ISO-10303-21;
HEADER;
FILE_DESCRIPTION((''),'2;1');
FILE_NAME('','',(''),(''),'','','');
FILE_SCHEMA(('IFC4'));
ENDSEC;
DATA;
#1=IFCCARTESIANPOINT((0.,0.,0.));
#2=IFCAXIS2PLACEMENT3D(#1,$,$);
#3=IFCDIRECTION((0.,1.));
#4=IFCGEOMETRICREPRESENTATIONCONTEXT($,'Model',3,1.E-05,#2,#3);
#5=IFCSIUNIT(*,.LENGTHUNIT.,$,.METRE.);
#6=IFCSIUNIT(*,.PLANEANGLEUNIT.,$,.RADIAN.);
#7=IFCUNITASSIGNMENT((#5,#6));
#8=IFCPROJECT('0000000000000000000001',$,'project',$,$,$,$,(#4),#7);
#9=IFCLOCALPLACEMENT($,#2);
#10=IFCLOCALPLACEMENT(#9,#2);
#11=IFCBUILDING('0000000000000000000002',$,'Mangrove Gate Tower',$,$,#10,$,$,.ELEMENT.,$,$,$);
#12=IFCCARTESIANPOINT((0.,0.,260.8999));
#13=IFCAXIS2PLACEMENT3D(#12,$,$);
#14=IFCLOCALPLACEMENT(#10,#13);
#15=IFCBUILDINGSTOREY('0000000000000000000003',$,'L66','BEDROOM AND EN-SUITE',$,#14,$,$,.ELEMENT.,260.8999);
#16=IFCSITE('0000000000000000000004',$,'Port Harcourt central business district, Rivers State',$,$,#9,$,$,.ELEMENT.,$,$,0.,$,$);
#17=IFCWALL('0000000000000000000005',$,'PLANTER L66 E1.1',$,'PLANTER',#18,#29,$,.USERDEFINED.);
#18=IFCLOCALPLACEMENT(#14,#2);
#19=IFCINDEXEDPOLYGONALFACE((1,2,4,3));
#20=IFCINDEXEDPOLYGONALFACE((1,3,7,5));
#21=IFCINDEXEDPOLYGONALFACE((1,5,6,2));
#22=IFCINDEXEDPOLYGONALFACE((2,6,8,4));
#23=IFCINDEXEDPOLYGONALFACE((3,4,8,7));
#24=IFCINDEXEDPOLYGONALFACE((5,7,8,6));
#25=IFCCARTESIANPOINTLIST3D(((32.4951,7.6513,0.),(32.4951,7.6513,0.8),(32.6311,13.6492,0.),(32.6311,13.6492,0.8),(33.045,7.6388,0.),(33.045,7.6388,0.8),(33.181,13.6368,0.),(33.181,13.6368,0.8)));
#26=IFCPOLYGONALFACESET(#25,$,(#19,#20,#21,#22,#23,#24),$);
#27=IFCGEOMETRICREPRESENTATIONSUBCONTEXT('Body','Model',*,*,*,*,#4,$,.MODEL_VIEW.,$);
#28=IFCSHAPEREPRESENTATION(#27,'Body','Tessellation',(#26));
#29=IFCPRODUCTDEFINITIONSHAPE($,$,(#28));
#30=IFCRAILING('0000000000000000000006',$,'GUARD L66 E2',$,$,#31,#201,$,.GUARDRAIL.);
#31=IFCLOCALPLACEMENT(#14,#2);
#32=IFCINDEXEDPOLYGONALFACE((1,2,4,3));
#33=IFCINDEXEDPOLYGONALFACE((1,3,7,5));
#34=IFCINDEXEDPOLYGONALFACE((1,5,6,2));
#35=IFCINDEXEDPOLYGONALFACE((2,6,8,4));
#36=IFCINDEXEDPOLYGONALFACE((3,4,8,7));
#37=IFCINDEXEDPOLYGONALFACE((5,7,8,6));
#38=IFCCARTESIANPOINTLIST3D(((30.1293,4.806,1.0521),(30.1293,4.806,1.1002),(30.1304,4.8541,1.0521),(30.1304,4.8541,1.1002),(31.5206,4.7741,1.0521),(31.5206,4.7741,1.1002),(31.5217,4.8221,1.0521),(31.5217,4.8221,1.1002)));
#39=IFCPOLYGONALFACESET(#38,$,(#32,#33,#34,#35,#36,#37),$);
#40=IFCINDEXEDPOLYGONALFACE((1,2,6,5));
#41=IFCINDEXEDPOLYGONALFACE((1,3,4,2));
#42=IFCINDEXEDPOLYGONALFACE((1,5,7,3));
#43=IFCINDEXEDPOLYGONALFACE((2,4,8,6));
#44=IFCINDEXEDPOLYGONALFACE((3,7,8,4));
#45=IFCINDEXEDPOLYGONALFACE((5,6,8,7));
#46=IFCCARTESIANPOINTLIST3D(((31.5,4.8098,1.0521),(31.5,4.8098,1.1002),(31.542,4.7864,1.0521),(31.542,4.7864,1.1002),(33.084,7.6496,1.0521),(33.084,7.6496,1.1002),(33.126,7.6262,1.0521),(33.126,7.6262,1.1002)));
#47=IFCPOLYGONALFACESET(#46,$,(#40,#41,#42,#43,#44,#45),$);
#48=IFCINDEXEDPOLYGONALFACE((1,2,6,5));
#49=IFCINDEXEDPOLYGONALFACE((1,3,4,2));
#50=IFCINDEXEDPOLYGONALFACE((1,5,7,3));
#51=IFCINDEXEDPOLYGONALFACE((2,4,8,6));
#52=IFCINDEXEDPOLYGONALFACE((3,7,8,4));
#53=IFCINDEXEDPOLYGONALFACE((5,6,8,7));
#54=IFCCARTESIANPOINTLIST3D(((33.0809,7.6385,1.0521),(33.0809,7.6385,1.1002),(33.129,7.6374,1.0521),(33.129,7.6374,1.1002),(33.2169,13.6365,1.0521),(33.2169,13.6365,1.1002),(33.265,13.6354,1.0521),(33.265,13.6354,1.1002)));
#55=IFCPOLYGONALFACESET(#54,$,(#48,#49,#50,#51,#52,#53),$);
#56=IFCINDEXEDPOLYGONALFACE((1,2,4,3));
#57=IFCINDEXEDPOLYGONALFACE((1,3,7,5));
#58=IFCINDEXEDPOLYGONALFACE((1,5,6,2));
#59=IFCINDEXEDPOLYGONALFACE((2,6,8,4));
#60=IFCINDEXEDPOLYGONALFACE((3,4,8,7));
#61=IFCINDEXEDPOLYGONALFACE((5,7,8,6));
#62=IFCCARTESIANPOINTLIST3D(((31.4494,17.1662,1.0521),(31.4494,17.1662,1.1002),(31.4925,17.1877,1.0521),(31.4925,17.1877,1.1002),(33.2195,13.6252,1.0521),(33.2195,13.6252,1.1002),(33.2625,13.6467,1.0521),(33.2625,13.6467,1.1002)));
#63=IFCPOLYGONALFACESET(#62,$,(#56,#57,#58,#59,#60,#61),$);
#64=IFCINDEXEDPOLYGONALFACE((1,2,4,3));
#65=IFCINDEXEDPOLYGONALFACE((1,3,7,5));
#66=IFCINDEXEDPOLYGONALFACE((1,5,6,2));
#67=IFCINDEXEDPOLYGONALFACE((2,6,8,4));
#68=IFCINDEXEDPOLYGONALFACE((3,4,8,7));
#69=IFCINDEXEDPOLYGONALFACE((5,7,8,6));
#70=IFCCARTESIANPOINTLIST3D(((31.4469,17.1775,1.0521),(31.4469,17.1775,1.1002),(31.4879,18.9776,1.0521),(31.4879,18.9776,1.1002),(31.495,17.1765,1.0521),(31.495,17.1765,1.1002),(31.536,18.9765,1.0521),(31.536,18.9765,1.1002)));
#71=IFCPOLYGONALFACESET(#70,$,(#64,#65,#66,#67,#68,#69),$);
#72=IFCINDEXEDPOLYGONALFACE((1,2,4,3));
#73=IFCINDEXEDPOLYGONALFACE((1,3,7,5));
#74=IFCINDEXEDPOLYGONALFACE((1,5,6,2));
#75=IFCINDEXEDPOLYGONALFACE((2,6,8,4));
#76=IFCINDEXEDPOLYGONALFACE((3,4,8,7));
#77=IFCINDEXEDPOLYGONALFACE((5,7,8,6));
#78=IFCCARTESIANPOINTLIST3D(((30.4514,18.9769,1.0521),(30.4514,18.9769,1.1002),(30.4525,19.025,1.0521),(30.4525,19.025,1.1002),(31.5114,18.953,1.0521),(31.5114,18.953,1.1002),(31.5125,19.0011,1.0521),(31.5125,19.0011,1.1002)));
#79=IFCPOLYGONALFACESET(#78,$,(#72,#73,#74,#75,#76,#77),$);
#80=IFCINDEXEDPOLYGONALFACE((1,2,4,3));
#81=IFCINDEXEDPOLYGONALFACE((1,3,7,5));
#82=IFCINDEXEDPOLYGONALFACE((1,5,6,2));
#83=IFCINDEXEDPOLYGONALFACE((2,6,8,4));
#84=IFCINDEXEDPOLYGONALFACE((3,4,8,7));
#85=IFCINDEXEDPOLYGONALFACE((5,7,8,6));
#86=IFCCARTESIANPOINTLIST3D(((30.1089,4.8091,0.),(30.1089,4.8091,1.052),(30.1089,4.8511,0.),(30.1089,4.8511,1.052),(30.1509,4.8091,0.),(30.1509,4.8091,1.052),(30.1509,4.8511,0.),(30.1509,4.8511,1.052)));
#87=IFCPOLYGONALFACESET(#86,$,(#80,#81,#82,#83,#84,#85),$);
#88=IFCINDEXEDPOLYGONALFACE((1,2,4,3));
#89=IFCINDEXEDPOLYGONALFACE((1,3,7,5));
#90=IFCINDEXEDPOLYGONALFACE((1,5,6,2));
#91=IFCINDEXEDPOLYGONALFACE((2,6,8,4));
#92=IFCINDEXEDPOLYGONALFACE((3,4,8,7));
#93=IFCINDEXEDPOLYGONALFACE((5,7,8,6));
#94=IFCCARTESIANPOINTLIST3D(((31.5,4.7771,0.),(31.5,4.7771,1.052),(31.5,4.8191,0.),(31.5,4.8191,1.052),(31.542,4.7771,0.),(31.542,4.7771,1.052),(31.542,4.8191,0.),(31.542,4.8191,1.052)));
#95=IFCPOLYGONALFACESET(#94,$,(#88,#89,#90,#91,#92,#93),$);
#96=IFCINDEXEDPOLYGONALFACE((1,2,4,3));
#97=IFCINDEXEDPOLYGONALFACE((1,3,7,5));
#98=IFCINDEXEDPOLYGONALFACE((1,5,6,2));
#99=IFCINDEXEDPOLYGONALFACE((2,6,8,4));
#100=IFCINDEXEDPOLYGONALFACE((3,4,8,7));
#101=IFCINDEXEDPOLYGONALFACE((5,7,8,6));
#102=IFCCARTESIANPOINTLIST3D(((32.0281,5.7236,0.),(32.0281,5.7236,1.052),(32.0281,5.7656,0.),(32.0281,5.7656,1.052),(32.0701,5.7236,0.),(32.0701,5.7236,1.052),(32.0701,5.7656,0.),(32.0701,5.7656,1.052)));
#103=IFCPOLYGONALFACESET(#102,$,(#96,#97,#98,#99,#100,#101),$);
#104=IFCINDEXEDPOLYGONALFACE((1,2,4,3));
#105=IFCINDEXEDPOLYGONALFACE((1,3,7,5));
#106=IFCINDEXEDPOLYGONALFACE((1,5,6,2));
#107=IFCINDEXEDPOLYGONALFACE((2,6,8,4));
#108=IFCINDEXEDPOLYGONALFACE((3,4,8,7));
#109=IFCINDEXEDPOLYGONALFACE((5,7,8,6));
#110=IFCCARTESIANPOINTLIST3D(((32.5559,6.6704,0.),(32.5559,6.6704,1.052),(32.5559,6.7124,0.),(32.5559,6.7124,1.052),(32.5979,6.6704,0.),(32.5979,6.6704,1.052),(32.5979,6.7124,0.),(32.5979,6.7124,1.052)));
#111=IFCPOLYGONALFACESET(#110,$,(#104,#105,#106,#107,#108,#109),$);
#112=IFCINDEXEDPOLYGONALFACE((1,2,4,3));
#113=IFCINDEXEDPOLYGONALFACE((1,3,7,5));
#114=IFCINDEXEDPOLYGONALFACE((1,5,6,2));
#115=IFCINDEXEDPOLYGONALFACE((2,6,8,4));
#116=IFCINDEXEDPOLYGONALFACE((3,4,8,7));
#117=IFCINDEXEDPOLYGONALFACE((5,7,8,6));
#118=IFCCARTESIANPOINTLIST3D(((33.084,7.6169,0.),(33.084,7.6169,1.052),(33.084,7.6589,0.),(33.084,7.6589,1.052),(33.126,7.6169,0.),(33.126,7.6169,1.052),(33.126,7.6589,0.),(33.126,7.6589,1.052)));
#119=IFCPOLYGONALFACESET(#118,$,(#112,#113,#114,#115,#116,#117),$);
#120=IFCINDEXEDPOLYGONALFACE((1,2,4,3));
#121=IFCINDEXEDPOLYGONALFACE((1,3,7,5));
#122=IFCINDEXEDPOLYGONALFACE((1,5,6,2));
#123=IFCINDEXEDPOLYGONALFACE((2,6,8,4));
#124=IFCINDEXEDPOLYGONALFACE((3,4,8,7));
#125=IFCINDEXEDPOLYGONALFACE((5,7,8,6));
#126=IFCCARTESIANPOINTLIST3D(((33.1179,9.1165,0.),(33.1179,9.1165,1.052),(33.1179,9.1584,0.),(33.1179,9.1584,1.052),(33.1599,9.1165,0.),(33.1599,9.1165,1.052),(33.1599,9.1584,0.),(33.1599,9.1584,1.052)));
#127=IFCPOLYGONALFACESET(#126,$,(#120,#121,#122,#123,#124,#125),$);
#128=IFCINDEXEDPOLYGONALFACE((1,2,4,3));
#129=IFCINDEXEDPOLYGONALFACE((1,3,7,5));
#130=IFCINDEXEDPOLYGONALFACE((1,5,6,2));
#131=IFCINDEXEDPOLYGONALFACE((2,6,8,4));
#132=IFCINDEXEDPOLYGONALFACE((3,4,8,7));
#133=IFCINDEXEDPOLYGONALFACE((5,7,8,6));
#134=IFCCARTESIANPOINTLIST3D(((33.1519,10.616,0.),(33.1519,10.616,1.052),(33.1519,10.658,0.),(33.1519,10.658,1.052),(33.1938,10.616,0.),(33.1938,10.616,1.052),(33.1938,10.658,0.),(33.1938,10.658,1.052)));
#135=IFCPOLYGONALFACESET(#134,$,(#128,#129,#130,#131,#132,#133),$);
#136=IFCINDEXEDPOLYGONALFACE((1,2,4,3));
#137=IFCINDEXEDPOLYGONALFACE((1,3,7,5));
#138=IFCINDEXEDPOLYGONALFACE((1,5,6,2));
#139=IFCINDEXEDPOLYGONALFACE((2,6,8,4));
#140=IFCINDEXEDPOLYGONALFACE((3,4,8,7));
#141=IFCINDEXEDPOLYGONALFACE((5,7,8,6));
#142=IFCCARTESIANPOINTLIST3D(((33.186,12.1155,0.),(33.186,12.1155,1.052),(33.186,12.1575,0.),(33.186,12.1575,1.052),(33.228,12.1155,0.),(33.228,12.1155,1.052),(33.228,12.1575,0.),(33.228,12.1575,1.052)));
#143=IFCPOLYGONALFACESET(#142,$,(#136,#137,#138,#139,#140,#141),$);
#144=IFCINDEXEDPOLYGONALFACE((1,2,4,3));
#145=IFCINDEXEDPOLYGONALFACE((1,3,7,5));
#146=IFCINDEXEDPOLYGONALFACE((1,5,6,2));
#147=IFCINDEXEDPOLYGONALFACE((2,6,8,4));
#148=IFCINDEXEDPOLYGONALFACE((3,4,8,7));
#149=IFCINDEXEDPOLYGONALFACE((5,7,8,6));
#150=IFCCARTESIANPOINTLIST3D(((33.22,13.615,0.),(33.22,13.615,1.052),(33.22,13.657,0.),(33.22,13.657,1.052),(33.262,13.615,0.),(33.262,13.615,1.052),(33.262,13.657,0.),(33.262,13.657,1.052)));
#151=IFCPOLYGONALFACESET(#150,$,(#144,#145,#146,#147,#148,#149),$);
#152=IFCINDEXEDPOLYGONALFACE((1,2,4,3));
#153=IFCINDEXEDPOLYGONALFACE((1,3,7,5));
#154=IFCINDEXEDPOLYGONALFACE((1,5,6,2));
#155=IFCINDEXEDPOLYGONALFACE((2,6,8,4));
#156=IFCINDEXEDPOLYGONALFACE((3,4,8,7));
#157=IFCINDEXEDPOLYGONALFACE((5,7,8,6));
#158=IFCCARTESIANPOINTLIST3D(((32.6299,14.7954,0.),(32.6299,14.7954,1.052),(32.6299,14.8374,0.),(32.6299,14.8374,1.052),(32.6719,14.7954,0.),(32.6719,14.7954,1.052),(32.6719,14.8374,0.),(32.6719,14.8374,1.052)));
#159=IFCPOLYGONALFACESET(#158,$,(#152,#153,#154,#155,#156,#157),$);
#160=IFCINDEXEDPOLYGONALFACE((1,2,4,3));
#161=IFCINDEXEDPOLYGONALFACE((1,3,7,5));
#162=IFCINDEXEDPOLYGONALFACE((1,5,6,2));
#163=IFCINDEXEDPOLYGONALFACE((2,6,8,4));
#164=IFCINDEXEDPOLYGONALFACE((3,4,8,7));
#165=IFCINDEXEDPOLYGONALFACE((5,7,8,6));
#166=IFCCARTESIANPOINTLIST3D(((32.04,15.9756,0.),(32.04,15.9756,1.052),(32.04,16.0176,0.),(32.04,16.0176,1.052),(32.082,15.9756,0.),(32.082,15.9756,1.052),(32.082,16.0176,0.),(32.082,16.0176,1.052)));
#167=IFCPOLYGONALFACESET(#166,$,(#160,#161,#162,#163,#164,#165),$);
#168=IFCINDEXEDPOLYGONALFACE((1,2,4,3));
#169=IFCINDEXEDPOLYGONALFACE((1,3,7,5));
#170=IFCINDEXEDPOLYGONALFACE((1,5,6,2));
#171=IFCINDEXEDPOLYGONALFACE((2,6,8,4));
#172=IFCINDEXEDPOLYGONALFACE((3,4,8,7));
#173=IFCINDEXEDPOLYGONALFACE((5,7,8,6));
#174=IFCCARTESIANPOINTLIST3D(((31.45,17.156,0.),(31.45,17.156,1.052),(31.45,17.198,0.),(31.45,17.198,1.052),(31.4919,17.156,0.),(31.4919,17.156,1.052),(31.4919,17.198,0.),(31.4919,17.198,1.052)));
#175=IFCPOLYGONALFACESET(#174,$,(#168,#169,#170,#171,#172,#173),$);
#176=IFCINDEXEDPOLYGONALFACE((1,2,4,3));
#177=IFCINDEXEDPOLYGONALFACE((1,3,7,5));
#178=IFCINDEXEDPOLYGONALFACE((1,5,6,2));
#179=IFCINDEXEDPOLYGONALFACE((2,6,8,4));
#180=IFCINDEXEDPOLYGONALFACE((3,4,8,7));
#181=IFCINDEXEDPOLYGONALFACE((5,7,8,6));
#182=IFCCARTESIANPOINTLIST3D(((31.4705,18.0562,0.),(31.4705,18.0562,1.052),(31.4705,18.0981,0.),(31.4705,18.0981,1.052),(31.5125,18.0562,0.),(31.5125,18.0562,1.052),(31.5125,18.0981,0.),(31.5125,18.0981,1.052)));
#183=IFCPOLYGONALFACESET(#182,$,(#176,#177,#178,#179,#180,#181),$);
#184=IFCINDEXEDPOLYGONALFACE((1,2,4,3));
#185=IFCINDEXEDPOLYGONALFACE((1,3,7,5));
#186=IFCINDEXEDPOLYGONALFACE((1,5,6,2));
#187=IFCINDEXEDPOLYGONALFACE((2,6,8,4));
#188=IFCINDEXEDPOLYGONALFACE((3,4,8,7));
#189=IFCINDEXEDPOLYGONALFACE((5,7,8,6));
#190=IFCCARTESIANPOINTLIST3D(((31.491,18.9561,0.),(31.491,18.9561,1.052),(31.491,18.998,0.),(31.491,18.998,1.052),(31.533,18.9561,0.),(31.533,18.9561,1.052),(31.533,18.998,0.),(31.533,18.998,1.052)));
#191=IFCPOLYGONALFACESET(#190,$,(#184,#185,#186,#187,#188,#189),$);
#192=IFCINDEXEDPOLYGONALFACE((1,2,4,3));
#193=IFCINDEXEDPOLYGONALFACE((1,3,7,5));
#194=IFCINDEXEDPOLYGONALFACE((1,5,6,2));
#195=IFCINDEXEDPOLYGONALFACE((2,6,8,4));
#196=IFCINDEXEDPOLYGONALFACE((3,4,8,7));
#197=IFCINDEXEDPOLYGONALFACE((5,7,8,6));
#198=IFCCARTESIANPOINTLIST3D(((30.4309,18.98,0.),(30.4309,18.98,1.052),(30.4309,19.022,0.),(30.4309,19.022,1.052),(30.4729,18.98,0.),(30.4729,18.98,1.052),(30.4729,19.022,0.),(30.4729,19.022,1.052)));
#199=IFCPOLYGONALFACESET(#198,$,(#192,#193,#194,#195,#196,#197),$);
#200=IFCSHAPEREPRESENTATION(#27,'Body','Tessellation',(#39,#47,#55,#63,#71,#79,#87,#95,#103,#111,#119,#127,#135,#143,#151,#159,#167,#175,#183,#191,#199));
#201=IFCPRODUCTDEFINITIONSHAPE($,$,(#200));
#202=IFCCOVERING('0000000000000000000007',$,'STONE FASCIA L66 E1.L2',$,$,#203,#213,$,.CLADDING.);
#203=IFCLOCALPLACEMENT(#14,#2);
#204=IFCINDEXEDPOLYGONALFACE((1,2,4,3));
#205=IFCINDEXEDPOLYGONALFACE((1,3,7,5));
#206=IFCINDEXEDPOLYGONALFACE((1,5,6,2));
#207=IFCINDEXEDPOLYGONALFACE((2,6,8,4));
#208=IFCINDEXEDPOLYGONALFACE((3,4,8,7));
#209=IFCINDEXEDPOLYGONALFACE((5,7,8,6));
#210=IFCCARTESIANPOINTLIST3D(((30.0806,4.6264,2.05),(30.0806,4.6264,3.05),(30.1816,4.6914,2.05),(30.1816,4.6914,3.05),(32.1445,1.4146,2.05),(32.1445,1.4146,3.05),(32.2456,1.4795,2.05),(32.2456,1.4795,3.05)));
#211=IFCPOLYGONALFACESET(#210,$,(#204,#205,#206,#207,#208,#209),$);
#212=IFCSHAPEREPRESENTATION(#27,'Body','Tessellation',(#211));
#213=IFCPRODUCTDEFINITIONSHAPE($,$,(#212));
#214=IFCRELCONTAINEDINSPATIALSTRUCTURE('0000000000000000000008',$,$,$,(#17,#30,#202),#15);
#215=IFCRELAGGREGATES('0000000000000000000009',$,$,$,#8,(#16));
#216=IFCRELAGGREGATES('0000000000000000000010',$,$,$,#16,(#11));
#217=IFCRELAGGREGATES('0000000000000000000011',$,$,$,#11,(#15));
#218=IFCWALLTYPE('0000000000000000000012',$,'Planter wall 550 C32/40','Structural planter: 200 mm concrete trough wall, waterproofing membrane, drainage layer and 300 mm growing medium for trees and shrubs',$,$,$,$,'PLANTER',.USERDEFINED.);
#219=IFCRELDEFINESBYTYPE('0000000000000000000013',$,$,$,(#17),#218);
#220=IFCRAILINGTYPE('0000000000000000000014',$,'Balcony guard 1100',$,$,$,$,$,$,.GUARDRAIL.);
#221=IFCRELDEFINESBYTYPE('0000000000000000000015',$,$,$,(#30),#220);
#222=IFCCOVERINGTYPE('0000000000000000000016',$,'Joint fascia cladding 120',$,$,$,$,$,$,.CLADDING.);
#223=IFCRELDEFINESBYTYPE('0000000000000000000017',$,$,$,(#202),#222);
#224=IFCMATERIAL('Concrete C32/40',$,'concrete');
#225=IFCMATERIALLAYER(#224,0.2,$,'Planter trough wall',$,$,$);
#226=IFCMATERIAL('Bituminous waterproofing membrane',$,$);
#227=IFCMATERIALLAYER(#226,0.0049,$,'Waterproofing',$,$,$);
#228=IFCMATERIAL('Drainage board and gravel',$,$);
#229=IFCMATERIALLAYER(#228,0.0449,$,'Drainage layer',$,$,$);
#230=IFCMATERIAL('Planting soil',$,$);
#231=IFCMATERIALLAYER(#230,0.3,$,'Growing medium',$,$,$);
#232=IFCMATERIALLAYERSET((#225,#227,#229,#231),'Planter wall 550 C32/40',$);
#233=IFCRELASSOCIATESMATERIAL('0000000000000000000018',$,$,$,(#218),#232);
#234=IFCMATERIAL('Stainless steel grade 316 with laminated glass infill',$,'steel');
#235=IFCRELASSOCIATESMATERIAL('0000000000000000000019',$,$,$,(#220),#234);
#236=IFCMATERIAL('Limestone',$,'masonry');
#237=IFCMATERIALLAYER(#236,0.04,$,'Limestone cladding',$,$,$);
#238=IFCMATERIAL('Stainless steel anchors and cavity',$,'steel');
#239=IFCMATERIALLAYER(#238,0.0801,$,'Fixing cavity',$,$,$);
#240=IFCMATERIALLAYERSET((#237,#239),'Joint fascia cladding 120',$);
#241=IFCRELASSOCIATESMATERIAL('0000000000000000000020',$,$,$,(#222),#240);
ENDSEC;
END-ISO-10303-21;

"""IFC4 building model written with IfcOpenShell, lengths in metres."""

from ifc_helpers import new_model, si_unit, direction, frame, frame_2d, origin, origin_2d, place, context, subcontext, project, spatial, rectangle, extrude, material, layer, layer_set, type_object, element, save


model = new_model("IFC4")

# Units and contexts
model_context = context("Model", 3, precision=1e-05, world=origin(), true_north=direction((0.0, 1.0)))
body_context = subcontext(model_context, "Body", "Model", "MODEL_VIEW")
ifc_project = project(units=[si_unit("LENGTHUNIT", "METRE"), si_unit("PLANEANGLEUNIT", "RADIAN")], contexts=[model_context])

# Site, building, storey
site_placement = place(None, origin())
site = spatial("IfcSite", under=ifc_project, at=site_placement, Name="Port Harcourt central business district, Rivers State", CompositionType="ELEMENT", RefElevation=0.0)
building_placement = place(site_placement, origin())
building = spatial("IfcBuilding", under=site, at=building_placement, Name="Mangrove Gate Tower", CompositionType="ELEMENT")
storey_placement = place(building_placement, frame((0.0, 0.0, 260.8999)))
storey = spatial("IfcBuildingStorey", under=building, at=storey_placement, Name="L66", Description="BEDROOM AND EN-SUITE", CompositionType="ELEMENT", Elevation=260.8999)

# Shared definitions
ifc_material_1 = material(Name="Limestone", Category="masonry")

# Wall
ifc_material_2 = material(Name="Concrete C32/40", Category="concrete")
ifc_layer_1 = layer(ifc_material_2, 0.2, Name="Planter trough wall")
ifc_material_3 = material(Name="Bituminous waterproofing membrane")
ifc_layer_2 = layer(ifc_material_3, 0.0049, Name="Waterproofing")
ifc_material_4 = material(Name="Drainage board and gravel")
ifc_layer_3 = layer(ifc_material_4, 0.0449, Name="Drainage layer")
ifc_material_5 = material(Name="Planting soil")
ifc_layer_4 = layer(ifc_material_5, 0.3, Name="Growing medium")
ifc_layer_set_1 = layer_set([ifc_layer_1, ifc_layer_2, ifc_layer_3, ifc_layer_4], Name="Planter wall 550 C32/40")
wall_type_1 = type_object("IfcWallType", Name="Planter wall 550 C32/40", Description="Structural planter: 200 mm concrete trough wall, waterproofing membrane, drainage layer and 300 mm growing medium for trees and shrubs", ElementType="PLANTER", PredefinedType="USERDEFINED", material=ifc_layer_set_1)
wall_1_placement = place(storey_placement, frame((32.77, 7.645, 0.0), z_axis=(0.0, 0.0, 1.0), x_axis=(0.022666, 0.999743, 0.0)))
element("IfcWall", 1, at=wall_1_placement, inside=storey, type_object=wall_type_1, Name="PLANTER L66 E1.1", ObjectType="PLANTER", PredefinedType="USERDEFINED", context=body_context, shape_type="SweptSolid", body=[
    extrude(rectangle(XDim=5.9995, YDim=0.55, at=frame_2d((2.9998, 0.0))), origin(), (0.0, 0.0, 1.0), 0.8),
])

# Railing
ifc_material_6 = material(Name="Stainless steel grade 316 with laminated glass infill", Category="steel")
railing_type = type_object("IfcRailingType", Name="Balcony guard 1100", PredefinedType="GUARDRAIL", material=ifc_material_6)
railing_placement = place(storey_placement, frame((30.1299, 4.8301, 0.0)))
element("IfcRailing", 2, at=railing_placement, inside=storey, type_object=railing_type, Name="GUARD L66 E2", PredefinedType="GUARDRAIL", context=body_context, shape_type="SweptSolid", body=[
    extrude(rectangle(XDim=0.0481, YDim=0.0481, at=origin_2d()), frame((0.0, 0.0, 1.0762), z_axis=(0.999736, -0.022984, 0.0), x_axis=(0.022984, 0.999736, 0.0)), (0.0, 0.0, 1.0), 1.3916),
    extrude(rectangle(XDim=0.0481, YDim=0.0481, at=origin_2d()), frame((1.3911, -0.032, 1.0762), z_axis=(0.487121, 0.873334, 0.0), x_axis=(-0.873334, 0.487121, 0.0)), (0.0, 0.0, 1.0), 3.2517),
    extrude(rectangle(XDim=0.0481, YDim=0.0481, at=origin_2d()), frame((2.9751, 2.8079, 1.0762), z_axis=(0.022666, 0.999743, 0.0), x_axis=(-0.999743, 0.022666, 0.0)), (0.0, 0.0, 1.0), 5.9995),
    extrude(rectangle(XDim=0.0481, YDim=0.0481, at=origin_2d()), frame((3.1111, 8.8059, 1.0762), z_axis=(-0.447115, 0.894477, 0.0), x_axis=(-0.894477, -0.447115, 0.0)), (0.0, 0.0, 1.0), 3.9587),
    extrude(rectangle(XDim=0.0481, YDim=0.0481, at=origin_2d()), frame((1.3411, 12.3469, 1.0762), z_axis=(0.02278, 0.999741, 0.0), x_axis=(-0.999741, 0.02278, 0.0)), (0.0, 0.0, 1.0), 1.8005),
    extrude(rectangle(XDim=0.0481, YDim=0.0481, at=origin_2d()), frame((1.3821, 14.147, 1.0762), z_axis=(-0.999745, 0.022564, 0.0), x_axis=(-0.022564, -0.999745, 0.0)), (0.0, 0.0, 1.0), 1.0603),
    extrude(rectangle(XDim=0.042, YDim=0.042, at=origin_2d()), origin(), (0.0, 0.0, 1.0), 1.052),
    extrude(rectangle(XDim=0.042, YDim=0.042, at=origin_2d()), frame((1.3911, -0.032, 0.0)), (0.0, 0.0, 1.0), 1.052),
    extrude(rectangle(XDim=0.042, YDim=0.042, at=origin_2d()), frame((1.9192, 0.9146, 0.0)), (0.0, 0.0, 1.0), 1.052),
    extrude(rectangle(XDim=0.042, YDim=0.042, at=origin_2d()), frame((2.447, 1.8613, 0.0)), (0.0, 0.0, 1.0), 1.052),
    extrude(rectangle(XDim=0.042, YDim=0.042, at=origin_2d()), frame((2.9751, 2.8079, 0.0)), (0.0, 0.0, 1.0), 1.052),
    extrude(rectangle(XDim=0.042, YDim=0.042, at=origin_2d()), frame((3.009, 4.3074, 0.0)), (0.0, 0.0, 1.0), 1.052),
    extrude(rectangle(XDim=0.042, YDim=0.042, at=origin_2d()), frame((3.043, 5.8069, 0.0)), (0.0, 0.0, 1.0), 1.052),
    extrude(rectangle(XDim=0.042, YDim=0.042, at=origin_2d()), frame((3.0771, 7.3064, 0.0)), (0.0, 0.0, 1.0), 1.052),
    extrude(rectangle(XDim=0.042, YDim=0.042, at=origin_2d()), frame((3.1111, 8.8059, 0.0)), (0.0, 0.0, 1.0), 1.052),
    extrude(rectangle(XDim=0.042, YDim=0.042, at=origin_2d()), frame((2.521, 9.9863, 0.0)), (0.0, 0.0, 1.0), 1.052),
    extrude(rectangle(XDim=0.042, YDim=0.042, at=origin_2d()), frame((1.9312, 11.1665, 0.0)), (0.0, 0.0, 1.0), 1.052),
    extrude(rectangle(XDim=0.042, YDim=0.042, at=origin_2d()), frame((1.3411, 12.3469, 0.0)), (0.0, 0.0, 1.0), 1.052),
    extrude(rectangle(XDim=0.042, YDim=0.042, at=origin_2d()), frame((1.3616, 13.2471, 0.0)), (0.0, 0.0, 1.0), 1.052),
    extrude(rectangle(XDim=0.042, YDim=0.042, at=origin_2d()), frame((1.3821, 14.147, 0.0)), (0.0, 0.0, 1.0), 1.052),
    extrude(rectangle(XDim=0.042, YDim=0.042, at=origin_2d()), frame((0.322, 14.1709, 0.0)), (0.0, 0.0, 1.0), 1.052),
])

# Covering
ifc_layer_5 = layer(ifc_material_1, 0.04, Name="Limestone cladding")
ifc_material_7 = material(Name="Stainless steel anchors and cavity", Category="steel")
ifc_layer_6 = layer(ifc_material_7, 0.0801, Name="Fixing cavity")
ifc_layer_set_2 = layer_set([ifc_layer_5, ifc_layer_6], Name="Joint fascia cladding 120")
covering_type = type_object("IfcCoveringType", Name="Joint fascia cladding 120", PredefinedType="CLADDING", material=ifc_layer_set_2)
covering_placement = place(storey_placement, frame((32.1951, 1.447, 2.05), z_axis=(0.0, 0.0, 1.0), x_axis=(-0.540602, 0.841278, 0.0)))
element("IfcCovering", 3, at=covering_placement, inside=storey, type_object=covering_type, Name="STONE FASCIA L66 E1.L2", PredefinedType="CLADDING", context=body_context, shape_type="SweptSolid", body=[
    extrude(rectangle(XDim=3.8179, YDim=0.1201, at=frame_2d((1.9089, 0.0))), origin(), (0.0, 0.0, 1.0), 1.0),
])

save(model, "model.ifc")
